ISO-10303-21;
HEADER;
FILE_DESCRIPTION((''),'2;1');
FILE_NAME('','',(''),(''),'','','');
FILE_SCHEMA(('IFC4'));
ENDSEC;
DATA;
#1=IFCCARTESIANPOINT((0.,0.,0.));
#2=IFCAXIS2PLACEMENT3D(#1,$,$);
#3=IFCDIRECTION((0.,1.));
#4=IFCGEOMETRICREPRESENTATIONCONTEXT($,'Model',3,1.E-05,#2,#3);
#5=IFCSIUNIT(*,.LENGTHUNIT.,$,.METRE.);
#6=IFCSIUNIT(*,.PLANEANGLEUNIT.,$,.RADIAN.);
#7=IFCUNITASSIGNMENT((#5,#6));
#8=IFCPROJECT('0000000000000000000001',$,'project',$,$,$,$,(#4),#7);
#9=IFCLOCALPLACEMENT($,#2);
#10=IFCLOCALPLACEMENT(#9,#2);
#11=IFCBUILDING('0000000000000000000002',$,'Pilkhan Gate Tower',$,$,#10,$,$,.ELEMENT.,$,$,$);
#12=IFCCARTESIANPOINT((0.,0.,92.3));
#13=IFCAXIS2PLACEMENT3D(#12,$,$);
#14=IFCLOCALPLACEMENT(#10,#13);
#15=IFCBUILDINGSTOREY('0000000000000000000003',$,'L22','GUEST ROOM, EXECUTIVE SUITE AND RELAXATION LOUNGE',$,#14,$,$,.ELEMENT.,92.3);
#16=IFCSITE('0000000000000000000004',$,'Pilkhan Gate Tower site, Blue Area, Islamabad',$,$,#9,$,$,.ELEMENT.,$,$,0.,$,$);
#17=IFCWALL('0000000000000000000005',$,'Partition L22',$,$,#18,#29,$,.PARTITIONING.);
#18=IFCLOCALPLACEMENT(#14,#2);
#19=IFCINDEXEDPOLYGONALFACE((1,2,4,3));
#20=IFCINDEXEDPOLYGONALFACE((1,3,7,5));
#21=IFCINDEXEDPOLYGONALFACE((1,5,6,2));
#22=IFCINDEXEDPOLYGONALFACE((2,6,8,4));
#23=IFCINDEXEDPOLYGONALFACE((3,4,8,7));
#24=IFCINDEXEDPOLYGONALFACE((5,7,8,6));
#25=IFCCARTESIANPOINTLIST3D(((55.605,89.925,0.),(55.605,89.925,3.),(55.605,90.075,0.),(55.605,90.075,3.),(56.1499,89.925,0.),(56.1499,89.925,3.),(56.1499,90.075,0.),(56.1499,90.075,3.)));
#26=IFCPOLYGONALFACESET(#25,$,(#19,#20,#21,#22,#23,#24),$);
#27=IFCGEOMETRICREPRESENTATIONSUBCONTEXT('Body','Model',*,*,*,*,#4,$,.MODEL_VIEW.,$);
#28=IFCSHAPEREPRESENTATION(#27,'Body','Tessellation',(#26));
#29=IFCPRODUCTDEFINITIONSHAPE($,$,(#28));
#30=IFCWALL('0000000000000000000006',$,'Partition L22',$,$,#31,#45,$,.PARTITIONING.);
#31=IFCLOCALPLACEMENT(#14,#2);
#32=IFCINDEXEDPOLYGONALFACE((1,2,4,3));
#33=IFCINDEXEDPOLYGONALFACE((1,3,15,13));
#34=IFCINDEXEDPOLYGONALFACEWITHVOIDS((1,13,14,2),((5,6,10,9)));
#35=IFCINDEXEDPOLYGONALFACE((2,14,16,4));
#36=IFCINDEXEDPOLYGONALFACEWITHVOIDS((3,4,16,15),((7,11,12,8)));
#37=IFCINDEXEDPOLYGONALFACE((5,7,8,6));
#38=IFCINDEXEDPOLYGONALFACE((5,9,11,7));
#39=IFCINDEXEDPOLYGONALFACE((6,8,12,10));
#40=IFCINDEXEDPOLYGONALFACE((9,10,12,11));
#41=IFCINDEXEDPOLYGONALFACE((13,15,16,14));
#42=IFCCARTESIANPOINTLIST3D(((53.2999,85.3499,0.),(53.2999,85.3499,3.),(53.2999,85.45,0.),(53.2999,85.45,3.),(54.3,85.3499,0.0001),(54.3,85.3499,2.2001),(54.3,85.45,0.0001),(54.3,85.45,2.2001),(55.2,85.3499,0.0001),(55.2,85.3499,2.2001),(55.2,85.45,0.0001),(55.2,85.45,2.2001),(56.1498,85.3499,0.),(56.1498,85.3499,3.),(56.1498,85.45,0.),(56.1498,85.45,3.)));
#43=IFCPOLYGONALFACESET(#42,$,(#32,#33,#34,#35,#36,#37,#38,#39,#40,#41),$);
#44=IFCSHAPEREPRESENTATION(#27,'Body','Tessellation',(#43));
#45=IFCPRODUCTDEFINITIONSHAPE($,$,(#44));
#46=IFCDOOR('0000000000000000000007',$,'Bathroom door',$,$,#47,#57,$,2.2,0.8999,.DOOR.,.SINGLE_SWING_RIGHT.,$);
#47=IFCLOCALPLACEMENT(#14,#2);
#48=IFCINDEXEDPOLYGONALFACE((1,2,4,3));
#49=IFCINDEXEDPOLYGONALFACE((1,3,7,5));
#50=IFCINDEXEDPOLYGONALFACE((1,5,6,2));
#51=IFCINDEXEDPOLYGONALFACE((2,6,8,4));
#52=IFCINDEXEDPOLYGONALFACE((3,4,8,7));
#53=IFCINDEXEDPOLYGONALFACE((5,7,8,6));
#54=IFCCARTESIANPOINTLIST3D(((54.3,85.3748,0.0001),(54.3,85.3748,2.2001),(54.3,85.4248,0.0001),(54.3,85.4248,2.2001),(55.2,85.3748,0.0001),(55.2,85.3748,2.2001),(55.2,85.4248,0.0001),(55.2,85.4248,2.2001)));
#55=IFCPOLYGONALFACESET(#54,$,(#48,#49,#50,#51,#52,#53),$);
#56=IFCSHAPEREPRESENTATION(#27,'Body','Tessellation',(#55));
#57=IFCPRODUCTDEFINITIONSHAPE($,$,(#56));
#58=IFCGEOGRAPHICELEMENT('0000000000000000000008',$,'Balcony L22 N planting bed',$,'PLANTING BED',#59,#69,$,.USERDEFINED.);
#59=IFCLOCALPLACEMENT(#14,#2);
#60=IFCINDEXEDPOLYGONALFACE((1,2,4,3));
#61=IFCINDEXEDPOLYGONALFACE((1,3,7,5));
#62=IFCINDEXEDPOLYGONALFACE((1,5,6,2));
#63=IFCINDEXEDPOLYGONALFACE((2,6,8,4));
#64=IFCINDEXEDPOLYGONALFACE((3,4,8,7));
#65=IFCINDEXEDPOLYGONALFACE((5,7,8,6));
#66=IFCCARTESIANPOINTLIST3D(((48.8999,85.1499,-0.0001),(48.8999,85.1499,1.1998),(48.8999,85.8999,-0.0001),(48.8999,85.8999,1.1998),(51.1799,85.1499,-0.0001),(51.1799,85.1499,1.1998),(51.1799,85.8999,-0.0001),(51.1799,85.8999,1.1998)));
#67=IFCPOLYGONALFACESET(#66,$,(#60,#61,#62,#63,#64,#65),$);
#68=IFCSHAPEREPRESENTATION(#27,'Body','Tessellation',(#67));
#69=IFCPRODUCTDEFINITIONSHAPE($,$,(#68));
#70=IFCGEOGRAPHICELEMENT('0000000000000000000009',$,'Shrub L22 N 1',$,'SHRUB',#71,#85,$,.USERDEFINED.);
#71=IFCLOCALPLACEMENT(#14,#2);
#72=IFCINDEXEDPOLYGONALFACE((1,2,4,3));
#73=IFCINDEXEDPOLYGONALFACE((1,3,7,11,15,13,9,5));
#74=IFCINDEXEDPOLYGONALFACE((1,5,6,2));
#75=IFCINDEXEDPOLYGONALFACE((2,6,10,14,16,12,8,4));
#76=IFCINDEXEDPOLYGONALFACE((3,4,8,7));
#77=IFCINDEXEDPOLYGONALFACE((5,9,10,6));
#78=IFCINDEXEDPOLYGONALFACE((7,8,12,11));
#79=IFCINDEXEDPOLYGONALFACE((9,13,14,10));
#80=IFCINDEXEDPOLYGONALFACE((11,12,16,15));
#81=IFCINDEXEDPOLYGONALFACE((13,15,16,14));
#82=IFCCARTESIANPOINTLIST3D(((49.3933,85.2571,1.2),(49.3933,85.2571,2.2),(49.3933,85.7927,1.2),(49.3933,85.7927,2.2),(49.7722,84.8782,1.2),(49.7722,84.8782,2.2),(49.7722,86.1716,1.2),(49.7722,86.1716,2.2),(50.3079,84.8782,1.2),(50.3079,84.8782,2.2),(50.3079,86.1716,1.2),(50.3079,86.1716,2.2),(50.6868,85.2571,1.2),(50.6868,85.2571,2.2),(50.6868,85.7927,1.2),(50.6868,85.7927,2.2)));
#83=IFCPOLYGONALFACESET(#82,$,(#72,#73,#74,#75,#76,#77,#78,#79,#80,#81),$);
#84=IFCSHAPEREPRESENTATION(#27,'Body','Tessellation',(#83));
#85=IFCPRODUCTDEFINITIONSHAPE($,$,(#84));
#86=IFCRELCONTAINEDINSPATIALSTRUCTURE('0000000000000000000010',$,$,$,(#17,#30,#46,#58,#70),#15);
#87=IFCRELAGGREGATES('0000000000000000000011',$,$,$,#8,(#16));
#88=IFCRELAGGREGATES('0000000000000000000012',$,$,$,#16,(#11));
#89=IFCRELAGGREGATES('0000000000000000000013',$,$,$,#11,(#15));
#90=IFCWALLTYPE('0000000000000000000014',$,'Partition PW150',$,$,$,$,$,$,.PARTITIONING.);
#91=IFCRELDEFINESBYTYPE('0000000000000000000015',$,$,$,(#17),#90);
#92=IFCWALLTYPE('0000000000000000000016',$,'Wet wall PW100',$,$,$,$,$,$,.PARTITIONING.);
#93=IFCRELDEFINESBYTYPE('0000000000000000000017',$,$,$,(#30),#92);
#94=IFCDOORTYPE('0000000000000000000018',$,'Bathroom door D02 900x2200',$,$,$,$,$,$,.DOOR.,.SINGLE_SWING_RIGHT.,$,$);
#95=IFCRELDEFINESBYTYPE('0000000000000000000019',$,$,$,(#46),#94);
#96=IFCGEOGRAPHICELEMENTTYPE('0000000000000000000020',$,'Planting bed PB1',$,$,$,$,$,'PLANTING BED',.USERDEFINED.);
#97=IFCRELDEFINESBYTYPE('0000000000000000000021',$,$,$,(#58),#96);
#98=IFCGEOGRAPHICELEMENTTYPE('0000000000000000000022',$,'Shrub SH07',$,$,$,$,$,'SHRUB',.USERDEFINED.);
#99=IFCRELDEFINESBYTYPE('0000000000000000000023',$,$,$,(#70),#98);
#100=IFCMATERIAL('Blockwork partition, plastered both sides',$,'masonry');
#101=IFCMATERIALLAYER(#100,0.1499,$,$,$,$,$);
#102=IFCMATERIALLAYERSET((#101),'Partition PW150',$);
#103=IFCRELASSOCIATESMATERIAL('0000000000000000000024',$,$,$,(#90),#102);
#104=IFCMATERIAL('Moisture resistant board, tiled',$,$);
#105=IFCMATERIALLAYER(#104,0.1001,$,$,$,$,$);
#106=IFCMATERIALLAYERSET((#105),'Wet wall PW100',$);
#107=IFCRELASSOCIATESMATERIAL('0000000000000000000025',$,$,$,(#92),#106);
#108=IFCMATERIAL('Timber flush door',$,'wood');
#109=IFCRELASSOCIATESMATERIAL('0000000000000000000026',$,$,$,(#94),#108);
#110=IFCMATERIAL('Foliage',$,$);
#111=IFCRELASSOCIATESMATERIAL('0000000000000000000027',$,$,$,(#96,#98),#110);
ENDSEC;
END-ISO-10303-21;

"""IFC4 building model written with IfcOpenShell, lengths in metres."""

from ifc_helpers import new_model, si_unit, direction, frame, frame_2d, origin, origin_2d, place, context, subcontext, project, spatial, polyline, rectangle, outline, extrude, material, layer, layer_set, material_profile, profile_set, type_object, element, fill, save


model = new_model("IFC4")

# Units and contexts
model_context = context("Model", 3, precision=1e-05, world=origin(), true_north=direction((0.0, 1.0)))
body_context = subcontext(model_context, "Body", "Model", "MODEL_VIEW")
ifc_project = project(units=[si_unit("LENGTHUNIT", "METRE"), si_unit("PLANEANGLEUNIT", "RADIAN")], contexts=[model_context])

# Site, building, storey
site_placement = place(None, origin())
site = spatial("IfcSite", under=ifc_project, at=site_placement, Name="Pilkhan Gate Tower site, Blue Area, Islamabad", CompositionType="ELEMENT", RefElevation=0.0)
building_placement = place(site_placement, origin())
building = spatial("IfcBuilding", under=site, at=building_placement, Name="Pilkhan Gate Tower", CompositionType="ELEMENT")
storey_placement = place(building_placement, frame((0.0, 0.0, 92.3)))
storey = spatial("IfcBuildingStorey", under=building, at=storey_placement, Name="L22", Description="GUEST ROOM, EXECUTIVE SUITE AND RELAXATION LOUNGE", CompositionType="ELEMENT", Elevation=92.3)

# Wall
ifc_material_1 = material(Name="Blockwork partition, plastered both sides", Category="masonry")
ifc_layer_1 = layer(ifc_material_1, 0.1499)
ifc_layer_set_1 = layer_set([ifc_layer_1], Name="Partition PW150")
wall_type_1 = type_object("IfcWallType", Name="Partition PW150", PredefinedType="PARTITIONING", material=ifc_layer_set_1)
wall_1_placement = place(storey_placement, frame((55.605, 90.0, 0.0), z_axis=(0.0, 0.0, 1.0), x_axis=(1.0, 0.0, 0.0)))
element("IfcWall", 1, at=wall_1_placement, inside=storey, type_object=wall_type_1, Name="Partition L22", PredefinedType="PARTITIONING", context=body_context, shape_type="SweptSolid", body=[
    extrude(rectangle(XDim=0.5449, YDim=0.1499, at=frame_2d((0.2725, 0.0))), origin(), (0.0, 0.0, 1.0), 3.0),
])

# Wall, opening, door
ifc_material_2 = material(Name="Moisture resistant board, tiled")
ifc_layer_2 = layer(ifc_material_2, 0.1001)
ifc_layer_set_2 = layer_set([ifc_layer_2], Name="Wet wall PW100")
wall_type_2 = type_object("IfcWallType", Name="Wet wall PW100", PredefinedType="PARTITIONING", material=ifc_layer_set_2)
wall_2_placement = place(storey_placement, frame((53.3, 85.3999, 0.0), z_axis=(0.0, 0.0, 1.0), x_axis=(1.0, 0.0, 0.0)))
wall_2 = element("IfcWall", 2, at=wall_2_placement, inside=storey, type_object=wall_type_2, Name="Partition L22", PredefinedType="PARTITIONING", context=body_context, shape_type="SweptSolid", body=[
    extrude(rectangle(XDim=2.8499, YDim=0.1001, at=frame_2d((1.4248, 0.0))), origin(), (0.0, 0.0, 1.0), 3.0),
])
opening_placement = place(wall_2_placement, frame((1.0, 0.0, 0.0)))
opening = element("IfcOpeningElement", 3, at=opening_placement, cuts=wall_2, PredefinedType="OPENING", context=body_context, shape_type="SweptSolid", body=[
    extrude(rectangle(XDim=0.8999, YDim=2.2, at=frame_2d((0.45, 1.1001))), frame((0.0, 0.0601, 0.0), z_axis=(0.0, -1.0, 0.0), x_axis=(1.0, 0.0, 0.0)), (0.0, 0.0, 1.0), 0.1201),
])
ifc_material_3 = material(Name="Timber flush door", Category="wood")
door_type = type_object("IfcDoorType", Name="Bathroom door D02 900x2200", OperationType="SINGLE_SWING_RIGHT", PredefinedType="DOOR", material=ifc_material_3)
door_placement = place(opening_placement, origin())
door = element("IfcDoor", 4, at=door_placement, inside=storey, type_object=door_type, Name="Bathroom door", OperationType="SINGLE_SWING_RIGHT", OverallHeight=2.2, OverallWidth=0.8999, PredefinedType="DOOR", context=body_context, shape_type="SweptSolid", body=[
    extrude(rectangle(XDim=0.8999, YDim=2.2, at=frame_2d((0.45, 1.1001))), frame((0.0, 0.0249, 0.0), z_axis=(0.0, -1.0, 0.0), x_axis=(1.0, 0.0, 0.0)), (0.0, 0.0, 1.0), 0.05),
])
fill(opening, door)

# Geographic elements
ifc_material_4 = material(Name="Foliage")
ifc_material_profile_1 = material_profile(ifc_material_4, rectangle(XDim=0.75, YDim=1.2, at=origin_2d()), Name="Bed 750x1200")
ifc_profile_set_1 = profile_set([ifc_material_profile_1], Name="Foliage")
geographic_element_type_1 = type_object("IfcGeographicElementType", Name="Planting bed PB1", ElementType="PLANTING BED", PredefinedType="USERDEFINED", material=ifc_profile_set_1)
geographic_element_1_placement = place(storey_placement, frame((48.8999, 85.5249, 0.5999), z_axis=(1.0, 0.0, 0.0), x_axis=(0.0, 1.0, 0.0)))
element("IfcGeographicElement", 5, at=geographic_element_1_placement, inside=storey, type_object=geographic_element_type_1, Name="Balcony L22 N planting bed", ObjectType="PLANTING BED", PredefinedType="USERDEFINED", context=body_context, shape_type="SweptSolid", body=[
    extrude(rectangle(XDim=0.75, YDim=1.2, at=origin_2d()), origin(), (0.0, 0.0, 1.0), 2.28),
])
ifc_material_profile_2 = material_profile(ifc_material_4, outline(polyline([(0.6467, 0.2678), (0.2678, 0.6467), (-0.2678, 0.6467), (-0.6467, 0.2678), (-0.6467, -0.2678), (-0.2678, -0.6467), (0.2678, -0.6467), (0.6467, -0.2678), (0.6467, 0.2678)])), Name="Shrub D1.4")
ifc_profile_set_2 = profile_set([ifc_material_profile_2], Name="Foliage")
geographic_element_type_2 = type_object("IfcGeographicElementType", Name="Shrub SH07", ElementType="SHRUB", PredefinedType="USERDEFINED", material=ifc_profile_set_2)
geographic_element_2_placement = place(storey_placement, frame((50.04, 85.5249, 1.2), z_axis=(0.0, 0.0, 1.0), x_axis=(1.0, 0.0, 0.0)))
element("IfcGeographicElement", 6, at=geographic_element_2_placement, inside=storey, type_object=geographic_element_type_2, Name="Shrub L22 N 1", ObjectType="SHRUB", PredefinedType="USERDEFINED", context=body_context, shape_type="SweptSolid", body=[
    extrude(outline(polyline([(0.6467, 0.2678), (0.2678, 0.6467), (-0.2678, 0.6467), (-0.6467, 0.2678), (-0.6467, -0.2678), (-0.2678, -0.6467), (0.2678, -0.6467), (0.6467, -0.2678), (0.6467, 0.2678)])), origin(), (0.0, 0.0, 1.0), 1.0),
])

save(model, "model.ifc")
